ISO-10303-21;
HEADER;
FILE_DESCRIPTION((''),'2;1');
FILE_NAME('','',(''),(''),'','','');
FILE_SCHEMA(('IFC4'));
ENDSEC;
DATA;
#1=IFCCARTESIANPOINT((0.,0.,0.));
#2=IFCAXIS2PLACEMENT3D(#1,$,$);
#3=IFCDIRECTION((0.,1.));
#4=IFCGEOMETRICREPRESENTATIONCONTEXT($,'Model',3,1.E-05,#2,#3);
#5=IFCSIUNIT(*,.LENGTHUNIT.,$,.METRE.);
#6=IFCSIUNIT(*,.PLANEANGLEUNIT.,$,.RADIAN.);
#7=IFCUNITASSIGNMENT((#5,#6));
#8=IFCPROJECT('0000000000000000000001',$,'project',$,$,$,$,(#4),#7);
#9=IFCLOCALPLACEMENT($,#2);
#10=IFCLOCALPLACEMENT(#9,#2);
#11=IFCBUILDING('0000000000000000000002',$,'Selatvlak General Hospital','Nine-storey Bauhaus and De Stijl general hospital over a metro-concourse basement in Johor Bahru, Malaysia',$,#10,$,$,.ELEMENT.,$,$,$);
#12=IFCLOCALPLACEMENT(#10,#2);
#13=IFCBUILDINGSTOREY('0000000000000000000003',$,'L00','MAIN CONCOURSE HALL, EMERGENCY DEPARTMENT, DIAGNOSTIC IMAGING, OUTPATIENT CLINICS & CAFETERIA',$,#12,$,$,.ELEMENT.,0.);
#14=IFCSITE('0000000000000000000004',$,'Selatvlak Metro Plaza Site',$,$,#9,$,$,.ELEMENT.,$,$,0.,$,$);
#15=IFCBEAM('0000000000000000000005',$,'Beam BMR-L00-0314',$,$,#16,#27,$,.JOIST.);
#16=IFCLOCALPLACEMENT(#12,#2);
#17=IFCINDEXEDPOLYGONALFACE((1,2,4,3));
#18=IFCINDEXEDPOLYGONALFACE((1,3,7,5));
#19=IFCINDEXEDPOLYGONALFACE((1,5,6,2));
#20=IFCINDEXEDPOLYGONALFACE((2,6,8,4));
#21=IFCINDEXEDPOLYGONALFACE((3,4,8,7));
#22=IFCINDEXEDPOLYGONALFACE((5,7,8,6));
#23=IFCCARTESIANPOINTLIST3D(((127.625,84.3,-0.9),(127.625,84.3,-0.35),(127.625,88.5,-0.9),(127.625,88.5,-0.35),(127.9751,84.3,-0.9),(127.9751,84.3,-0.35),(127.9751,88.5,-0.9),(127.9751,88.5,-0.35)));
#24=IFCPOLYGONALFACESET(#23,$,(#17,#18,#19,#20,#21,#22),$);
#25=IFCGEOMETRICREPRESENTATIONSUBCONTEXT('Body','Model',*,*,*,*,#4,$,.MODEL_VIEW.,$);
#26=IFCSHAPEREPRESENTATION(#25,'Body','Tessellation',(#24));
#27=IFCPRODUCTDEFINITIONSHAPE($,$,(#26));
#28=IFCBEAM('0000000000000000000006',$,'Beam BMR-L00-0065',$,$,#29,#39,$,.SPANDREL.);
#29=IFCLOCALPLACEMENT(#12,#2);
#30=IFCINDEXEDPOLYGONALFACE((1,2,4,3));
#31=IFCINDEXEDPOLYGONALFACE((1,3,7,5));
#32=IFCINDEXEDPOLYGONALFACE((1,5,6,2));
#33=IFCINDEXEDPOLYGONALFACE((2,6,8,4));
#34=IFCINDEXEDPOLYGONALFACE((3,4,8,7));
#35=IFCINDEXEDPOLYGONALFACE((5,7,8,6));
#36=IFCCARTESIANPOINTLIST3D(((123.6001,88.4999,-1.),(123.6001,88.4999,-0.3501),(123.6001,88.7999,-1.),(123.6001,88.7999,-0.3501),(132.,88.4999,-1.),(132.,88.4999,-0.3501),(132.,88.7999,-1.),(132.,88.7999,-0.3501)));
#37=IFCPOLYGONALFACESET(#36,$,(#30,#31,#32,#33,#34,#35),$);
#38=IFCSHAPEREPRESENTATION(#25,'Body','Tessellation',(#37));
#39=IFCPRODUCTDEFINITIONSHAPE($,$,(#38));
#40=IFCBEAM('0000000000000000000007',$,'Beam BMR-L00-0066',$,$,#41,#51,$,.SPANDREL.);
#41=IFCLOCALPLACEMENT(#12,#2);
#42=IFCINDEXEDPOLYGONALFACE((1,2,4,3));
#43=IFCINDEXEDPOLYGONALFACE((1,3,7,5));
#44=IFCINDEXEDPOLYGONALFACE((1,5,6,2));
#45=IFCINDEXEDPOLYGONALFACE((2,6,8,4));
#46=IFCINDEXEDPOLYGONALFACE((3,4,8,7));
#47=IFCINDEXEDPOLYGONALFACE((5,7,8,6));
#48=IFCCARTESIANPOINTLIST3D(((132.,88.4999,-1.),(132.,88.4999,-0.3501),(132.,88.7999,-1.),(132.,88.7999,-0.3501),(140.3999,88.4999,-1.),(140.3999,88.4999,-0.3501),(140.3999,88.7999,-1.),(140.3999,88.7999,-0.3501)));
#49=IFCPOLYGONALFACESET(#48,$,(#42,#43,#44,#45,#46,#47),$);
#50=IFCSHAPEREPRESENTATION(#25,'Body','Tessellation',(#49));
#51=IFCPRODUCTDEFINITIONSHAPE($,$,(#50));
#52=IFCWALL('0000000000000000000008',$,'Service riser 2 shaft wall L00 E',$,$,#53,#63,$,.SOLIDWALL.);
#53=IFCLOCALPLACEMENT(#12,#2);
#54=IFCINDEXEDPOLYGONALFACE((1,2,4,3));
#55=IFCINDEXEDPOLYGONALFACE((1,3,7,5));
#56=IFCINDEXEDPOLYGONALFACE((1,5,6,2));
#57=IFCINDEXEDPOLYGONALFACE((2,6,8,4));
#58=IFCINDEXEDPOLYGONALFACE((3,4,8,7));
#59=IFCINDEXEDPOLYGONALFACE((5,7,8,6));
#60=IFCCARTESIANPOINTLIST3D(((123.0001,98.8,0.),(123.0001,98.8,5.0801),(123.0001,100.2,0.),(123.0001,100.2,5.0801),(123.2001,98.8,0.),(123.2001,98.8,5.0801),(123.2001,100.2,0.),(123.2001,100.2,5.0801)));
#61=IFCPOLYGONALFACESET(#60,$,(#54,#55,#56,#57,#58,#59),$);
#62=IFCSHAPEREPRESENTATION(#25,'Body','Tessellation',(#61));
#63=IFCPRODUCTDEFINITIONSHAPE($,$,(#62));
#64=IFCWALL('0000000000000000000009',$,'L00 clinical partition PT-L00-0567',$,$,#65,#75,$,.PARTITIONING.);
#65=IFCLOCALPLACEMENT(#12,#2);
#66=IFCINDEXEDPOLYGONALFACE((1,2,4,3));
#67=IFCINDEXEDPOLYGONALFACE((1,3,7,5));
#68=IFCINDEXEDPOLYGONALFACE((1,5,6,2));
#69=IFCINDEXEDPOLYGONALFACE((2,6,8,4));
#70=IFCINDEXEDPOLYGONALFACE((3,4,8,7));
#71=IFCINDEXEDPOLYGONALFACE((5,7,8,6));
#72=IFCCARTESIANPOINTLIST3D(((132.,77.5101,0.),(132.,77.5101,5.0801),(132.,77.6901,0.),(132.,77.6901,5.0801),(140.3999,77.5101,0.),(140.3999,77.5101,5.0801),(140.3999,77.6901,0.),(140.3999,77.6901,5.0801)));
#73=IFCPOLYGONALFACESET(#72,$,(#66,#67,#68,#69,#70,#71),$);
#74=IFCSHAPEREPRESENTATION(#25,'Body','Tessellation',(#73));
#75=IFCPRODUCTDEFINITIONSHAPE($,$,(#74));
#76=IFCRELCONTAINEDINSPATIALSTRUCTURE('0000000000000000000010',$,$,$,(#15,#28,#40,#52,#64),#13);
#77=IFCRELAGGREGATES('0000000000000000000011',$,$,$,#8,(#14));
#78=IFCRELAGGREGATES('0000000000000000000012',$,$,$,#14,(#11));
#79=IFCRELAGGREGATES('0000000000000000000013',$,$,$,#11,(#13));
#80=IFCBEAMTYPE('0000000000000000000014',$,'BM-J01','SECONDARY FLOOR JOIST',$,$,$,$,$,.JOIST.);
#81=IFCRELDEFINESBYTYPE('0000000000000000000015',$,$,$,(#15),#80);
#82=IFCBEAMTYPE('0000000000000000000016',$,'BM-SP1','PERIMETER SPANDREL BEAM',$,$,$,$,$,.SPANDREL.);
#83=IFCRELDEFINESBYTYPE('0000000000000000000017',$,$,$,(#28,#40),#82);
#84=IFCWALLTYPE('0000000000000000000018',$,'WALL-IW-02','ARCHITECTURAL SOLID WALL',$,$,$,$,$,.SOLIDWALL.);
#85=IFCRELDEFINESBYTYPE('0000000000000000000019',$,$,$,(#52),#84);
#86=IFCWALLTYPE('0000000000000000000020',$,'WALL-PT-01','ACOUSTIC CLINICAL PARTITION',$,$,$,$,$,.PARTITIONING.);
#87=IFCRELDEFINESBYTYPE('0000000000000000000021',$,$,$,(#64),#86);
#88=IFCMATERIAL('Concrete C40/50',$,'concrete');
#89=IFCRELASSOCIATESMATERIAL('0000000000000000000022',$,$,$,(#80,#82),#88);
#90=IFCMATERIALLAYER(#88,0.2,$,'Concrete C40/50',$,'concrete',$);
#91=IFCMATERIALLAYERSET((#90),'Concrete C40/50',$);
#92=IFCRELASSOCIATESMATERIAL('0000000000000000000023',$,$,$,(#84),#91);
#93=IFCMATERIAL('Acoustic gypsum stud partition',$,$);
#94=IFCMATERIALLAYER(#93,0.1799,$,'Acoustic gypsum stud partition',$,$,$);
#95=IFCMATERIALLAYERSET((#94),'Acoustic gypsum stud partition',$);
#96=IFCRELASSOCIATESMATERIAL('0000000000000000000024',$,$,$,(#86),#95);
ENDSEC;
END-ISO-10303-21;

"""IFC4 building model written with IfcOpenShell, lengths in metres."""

from ifc_helpers import new_model, si_unit, direction, frame, frame_2d, origin, origin_2d, place, context, subcontext, project, spatial, rectangle, extrude, material, layer, layer_set, material_profile, profile_set, type_object, element, save


model = new_model("IFC4")

# Units and contexts
model_context = context("Model", 3, precision=1e-05, world=origin(), true_north=direction((0.0, 1.0)))
body_context = subcontext(model_context, "Body", "Model", "MODEL_VIEW")
ifc_project = project(units=[si_unit("LENGTHUNIT", "METRE"), si_unit("PLANEANGLEUNIT", "RADIAN")], contexts=[model_context])

# Site, building, storey
site_placement = place(None, origin())
site = spatial("IfcSite", under=ifc_project, at=site_placement, Name="Selatvlak Metro Plaza Site", CompositionType="ELEMENT", RefElevation=0.0)
building_placement = place(site_placement, origin())
building = spatial("IfcBuilding", under=site, at=building_placement, Name="Selatvlak General Hospital", Description="Nine-storey Bauhaus and De Stijl general hospital over a metro-concourse basement in Johor Bahru, Malaysia", CompositionType="ELEMENT")
storey_placement = place(building_placement, origin())
storey = spatial("IfcBuildingStorey", under=building, at=storey_placement, Name="L00", Description="MAIN CONCOURSE HALL, EMERGENCY DEPARTMENT, DIAGNOSTIC IMAGING, OUTPATIENT CLINICS & CAFETERIA", CompositionType="ELEMENT", Elevation=0.0)

# Beams
ifc_material_1 = material(Name="Concrete C40/50", Category="concrete")
ifc_material_profile_1 = material_profile(ifc_material_1, rectangle(XDim=0.3501, YDim=0.55, at=origin_2d()), Name="RC-BM 350x550")
ifc_profile_set_1 = profile_set([ifc_material_profile_1], Name="Concrete C40/50")
beam_type_1 = type_object("IfcBeamType", Name="BM-J01", Description="SECONDARY FLOOR JOIST", PredefinedType="JOIST", material=ifc_profile_set_1)
beam_1_placement = place(storey_placement, frame((127.8, 84.3, -0.625), z_axis=(0.0, 1.0, 0.0), x_axis=(-1.0, 0.0, 0.0)))
element("IfcBeam", 1, at=beam_1_placement, inside=storey, type_object=beam_type_1, Name="Beam BMR-L00-0314", PredefinedType="JOIST", context=body_context, shape_type="SweptSolid", body=[
    extrude(rectangle(XDim=0.3501, YDim=0.55, at=origin_2d()), origin(), (0.0, 0.0, 1.0), 4.2),
])
ifc_material_profile_2 = material_profile(ifc_material_1, rectangle(XDim=0.3, YDim=0.6499, at=origin_2d()), Name="RC-SP 300x650")
ifc_profile_set_2 = profile_set([ifc_material_profile_2], Name="Concrete C40/50")
beam_type_2 = type_object("IfcBeamType", Name="BM-SP1", Description="PERIMETER SPANDREL BEAM", PredefinedType="SPANDREL", material=ifc_profile_set_2)
for number, where, z_axis, x_axis, name in (
    (2, (123.6001, 88.6499, -0.675), (1.0, 0.0, 0.0), (0.0, 1.0, 0.0), "Beam BMR-L00-0065"),
    (3, (132.0, 88.6499, -0.675), (1.0, 0.0, 0.0), (0.0, 1.0, 0.0), "Beam BMR-L00-0066"),
):
    element("IfcBeam", number, at=place(storey_placement, frame(where, z_axis=z_axis, x_axis=x_axis)), inside=storey, type_object=beam_type_2, Name=name, PredefinedType="SPANDREL", context=body_context, shape_type="SweptSolid", body=[
        extrude(rectangle(XDim=0.3, YDim=0.6499, at=origin_2d()), origin(), (0.0, 0.0, 1.0), 8.3999),
    ])

# Walls
ifc_layer_1 = layer(ifc_material_1, 0.2, Name="Concrete C40/50", Category="concrete")
ifc_layer_set_1 = layer_set([ifc_layer_1], Name="Concrete C40/50")
wall_type_1 = type_object("IfcWallType", Name="WALL-IW-02", Description="ARCHITECTURAL SOLID WALL", PredefinedType="SOLIDWALL", material=ifc_layer_set_1)
wall_1_placement = place(storey_placement, frame((123.1001, 98.8, 0.0), z_axis=(0.0, 0.0, 1.0), x_axis=(0.0, 1.0, 0.0)))
element("IfcWall", 4, at=wall_1_placement, inside=storey, type_object=wall_type_1, Name="Service riser 2 shaft wall L00 E", PredefinedType="SOLIDWALL", context=body_context, shape_type="SweptSolid", body=[
    extrude(rectangle(XDim=1.3999, YDim=0.2, at=frame_2d((0.7, 0.0))), origin(), (0.0, 0.0, 1.0), 5.0801),
])
ifc_material_2 = material(Name="Acoustic gypsum stud partition")
ifc_layer_2 = layer(ifc_material_2, 0.1799, Name="Acoustic gypsum stud partition")
ifc_layer_set_2 = layer_set([ifc_layer_2], Name="Acoustic gypsum stud partition")
wall_type_2 = type_object("IfcWallType", Name="WALL-PT-01", Description="ACOUSTIC CLINICAL PARTITION", PredefinedType="PARTITIONING", material=ifc_layer_set_2)
wall_2_placement = place(storey_placement, frame((132.0, 77.6001, 0.0), z_axis=(0.0, 0.0, 1.0), x_axis=(1.0, 0.0, 0.0)))
element("IfcWall", 5, at=wall_2_placement, inside=storey, type_object=wall_type_2, Name="L00 clinical partition PT-L00-0567", PredefinedType="PARTITIONING", context=body_context, shape_type="SweptSolid", body=[
    extrude(rectangle(XDim=8.3999, YDim=0.1799, at=frame_2d((4.2, 0.0))), origin(), (0.0, 0.0, 1.0), 5.0801),
])

save(model, "model.ifc")
